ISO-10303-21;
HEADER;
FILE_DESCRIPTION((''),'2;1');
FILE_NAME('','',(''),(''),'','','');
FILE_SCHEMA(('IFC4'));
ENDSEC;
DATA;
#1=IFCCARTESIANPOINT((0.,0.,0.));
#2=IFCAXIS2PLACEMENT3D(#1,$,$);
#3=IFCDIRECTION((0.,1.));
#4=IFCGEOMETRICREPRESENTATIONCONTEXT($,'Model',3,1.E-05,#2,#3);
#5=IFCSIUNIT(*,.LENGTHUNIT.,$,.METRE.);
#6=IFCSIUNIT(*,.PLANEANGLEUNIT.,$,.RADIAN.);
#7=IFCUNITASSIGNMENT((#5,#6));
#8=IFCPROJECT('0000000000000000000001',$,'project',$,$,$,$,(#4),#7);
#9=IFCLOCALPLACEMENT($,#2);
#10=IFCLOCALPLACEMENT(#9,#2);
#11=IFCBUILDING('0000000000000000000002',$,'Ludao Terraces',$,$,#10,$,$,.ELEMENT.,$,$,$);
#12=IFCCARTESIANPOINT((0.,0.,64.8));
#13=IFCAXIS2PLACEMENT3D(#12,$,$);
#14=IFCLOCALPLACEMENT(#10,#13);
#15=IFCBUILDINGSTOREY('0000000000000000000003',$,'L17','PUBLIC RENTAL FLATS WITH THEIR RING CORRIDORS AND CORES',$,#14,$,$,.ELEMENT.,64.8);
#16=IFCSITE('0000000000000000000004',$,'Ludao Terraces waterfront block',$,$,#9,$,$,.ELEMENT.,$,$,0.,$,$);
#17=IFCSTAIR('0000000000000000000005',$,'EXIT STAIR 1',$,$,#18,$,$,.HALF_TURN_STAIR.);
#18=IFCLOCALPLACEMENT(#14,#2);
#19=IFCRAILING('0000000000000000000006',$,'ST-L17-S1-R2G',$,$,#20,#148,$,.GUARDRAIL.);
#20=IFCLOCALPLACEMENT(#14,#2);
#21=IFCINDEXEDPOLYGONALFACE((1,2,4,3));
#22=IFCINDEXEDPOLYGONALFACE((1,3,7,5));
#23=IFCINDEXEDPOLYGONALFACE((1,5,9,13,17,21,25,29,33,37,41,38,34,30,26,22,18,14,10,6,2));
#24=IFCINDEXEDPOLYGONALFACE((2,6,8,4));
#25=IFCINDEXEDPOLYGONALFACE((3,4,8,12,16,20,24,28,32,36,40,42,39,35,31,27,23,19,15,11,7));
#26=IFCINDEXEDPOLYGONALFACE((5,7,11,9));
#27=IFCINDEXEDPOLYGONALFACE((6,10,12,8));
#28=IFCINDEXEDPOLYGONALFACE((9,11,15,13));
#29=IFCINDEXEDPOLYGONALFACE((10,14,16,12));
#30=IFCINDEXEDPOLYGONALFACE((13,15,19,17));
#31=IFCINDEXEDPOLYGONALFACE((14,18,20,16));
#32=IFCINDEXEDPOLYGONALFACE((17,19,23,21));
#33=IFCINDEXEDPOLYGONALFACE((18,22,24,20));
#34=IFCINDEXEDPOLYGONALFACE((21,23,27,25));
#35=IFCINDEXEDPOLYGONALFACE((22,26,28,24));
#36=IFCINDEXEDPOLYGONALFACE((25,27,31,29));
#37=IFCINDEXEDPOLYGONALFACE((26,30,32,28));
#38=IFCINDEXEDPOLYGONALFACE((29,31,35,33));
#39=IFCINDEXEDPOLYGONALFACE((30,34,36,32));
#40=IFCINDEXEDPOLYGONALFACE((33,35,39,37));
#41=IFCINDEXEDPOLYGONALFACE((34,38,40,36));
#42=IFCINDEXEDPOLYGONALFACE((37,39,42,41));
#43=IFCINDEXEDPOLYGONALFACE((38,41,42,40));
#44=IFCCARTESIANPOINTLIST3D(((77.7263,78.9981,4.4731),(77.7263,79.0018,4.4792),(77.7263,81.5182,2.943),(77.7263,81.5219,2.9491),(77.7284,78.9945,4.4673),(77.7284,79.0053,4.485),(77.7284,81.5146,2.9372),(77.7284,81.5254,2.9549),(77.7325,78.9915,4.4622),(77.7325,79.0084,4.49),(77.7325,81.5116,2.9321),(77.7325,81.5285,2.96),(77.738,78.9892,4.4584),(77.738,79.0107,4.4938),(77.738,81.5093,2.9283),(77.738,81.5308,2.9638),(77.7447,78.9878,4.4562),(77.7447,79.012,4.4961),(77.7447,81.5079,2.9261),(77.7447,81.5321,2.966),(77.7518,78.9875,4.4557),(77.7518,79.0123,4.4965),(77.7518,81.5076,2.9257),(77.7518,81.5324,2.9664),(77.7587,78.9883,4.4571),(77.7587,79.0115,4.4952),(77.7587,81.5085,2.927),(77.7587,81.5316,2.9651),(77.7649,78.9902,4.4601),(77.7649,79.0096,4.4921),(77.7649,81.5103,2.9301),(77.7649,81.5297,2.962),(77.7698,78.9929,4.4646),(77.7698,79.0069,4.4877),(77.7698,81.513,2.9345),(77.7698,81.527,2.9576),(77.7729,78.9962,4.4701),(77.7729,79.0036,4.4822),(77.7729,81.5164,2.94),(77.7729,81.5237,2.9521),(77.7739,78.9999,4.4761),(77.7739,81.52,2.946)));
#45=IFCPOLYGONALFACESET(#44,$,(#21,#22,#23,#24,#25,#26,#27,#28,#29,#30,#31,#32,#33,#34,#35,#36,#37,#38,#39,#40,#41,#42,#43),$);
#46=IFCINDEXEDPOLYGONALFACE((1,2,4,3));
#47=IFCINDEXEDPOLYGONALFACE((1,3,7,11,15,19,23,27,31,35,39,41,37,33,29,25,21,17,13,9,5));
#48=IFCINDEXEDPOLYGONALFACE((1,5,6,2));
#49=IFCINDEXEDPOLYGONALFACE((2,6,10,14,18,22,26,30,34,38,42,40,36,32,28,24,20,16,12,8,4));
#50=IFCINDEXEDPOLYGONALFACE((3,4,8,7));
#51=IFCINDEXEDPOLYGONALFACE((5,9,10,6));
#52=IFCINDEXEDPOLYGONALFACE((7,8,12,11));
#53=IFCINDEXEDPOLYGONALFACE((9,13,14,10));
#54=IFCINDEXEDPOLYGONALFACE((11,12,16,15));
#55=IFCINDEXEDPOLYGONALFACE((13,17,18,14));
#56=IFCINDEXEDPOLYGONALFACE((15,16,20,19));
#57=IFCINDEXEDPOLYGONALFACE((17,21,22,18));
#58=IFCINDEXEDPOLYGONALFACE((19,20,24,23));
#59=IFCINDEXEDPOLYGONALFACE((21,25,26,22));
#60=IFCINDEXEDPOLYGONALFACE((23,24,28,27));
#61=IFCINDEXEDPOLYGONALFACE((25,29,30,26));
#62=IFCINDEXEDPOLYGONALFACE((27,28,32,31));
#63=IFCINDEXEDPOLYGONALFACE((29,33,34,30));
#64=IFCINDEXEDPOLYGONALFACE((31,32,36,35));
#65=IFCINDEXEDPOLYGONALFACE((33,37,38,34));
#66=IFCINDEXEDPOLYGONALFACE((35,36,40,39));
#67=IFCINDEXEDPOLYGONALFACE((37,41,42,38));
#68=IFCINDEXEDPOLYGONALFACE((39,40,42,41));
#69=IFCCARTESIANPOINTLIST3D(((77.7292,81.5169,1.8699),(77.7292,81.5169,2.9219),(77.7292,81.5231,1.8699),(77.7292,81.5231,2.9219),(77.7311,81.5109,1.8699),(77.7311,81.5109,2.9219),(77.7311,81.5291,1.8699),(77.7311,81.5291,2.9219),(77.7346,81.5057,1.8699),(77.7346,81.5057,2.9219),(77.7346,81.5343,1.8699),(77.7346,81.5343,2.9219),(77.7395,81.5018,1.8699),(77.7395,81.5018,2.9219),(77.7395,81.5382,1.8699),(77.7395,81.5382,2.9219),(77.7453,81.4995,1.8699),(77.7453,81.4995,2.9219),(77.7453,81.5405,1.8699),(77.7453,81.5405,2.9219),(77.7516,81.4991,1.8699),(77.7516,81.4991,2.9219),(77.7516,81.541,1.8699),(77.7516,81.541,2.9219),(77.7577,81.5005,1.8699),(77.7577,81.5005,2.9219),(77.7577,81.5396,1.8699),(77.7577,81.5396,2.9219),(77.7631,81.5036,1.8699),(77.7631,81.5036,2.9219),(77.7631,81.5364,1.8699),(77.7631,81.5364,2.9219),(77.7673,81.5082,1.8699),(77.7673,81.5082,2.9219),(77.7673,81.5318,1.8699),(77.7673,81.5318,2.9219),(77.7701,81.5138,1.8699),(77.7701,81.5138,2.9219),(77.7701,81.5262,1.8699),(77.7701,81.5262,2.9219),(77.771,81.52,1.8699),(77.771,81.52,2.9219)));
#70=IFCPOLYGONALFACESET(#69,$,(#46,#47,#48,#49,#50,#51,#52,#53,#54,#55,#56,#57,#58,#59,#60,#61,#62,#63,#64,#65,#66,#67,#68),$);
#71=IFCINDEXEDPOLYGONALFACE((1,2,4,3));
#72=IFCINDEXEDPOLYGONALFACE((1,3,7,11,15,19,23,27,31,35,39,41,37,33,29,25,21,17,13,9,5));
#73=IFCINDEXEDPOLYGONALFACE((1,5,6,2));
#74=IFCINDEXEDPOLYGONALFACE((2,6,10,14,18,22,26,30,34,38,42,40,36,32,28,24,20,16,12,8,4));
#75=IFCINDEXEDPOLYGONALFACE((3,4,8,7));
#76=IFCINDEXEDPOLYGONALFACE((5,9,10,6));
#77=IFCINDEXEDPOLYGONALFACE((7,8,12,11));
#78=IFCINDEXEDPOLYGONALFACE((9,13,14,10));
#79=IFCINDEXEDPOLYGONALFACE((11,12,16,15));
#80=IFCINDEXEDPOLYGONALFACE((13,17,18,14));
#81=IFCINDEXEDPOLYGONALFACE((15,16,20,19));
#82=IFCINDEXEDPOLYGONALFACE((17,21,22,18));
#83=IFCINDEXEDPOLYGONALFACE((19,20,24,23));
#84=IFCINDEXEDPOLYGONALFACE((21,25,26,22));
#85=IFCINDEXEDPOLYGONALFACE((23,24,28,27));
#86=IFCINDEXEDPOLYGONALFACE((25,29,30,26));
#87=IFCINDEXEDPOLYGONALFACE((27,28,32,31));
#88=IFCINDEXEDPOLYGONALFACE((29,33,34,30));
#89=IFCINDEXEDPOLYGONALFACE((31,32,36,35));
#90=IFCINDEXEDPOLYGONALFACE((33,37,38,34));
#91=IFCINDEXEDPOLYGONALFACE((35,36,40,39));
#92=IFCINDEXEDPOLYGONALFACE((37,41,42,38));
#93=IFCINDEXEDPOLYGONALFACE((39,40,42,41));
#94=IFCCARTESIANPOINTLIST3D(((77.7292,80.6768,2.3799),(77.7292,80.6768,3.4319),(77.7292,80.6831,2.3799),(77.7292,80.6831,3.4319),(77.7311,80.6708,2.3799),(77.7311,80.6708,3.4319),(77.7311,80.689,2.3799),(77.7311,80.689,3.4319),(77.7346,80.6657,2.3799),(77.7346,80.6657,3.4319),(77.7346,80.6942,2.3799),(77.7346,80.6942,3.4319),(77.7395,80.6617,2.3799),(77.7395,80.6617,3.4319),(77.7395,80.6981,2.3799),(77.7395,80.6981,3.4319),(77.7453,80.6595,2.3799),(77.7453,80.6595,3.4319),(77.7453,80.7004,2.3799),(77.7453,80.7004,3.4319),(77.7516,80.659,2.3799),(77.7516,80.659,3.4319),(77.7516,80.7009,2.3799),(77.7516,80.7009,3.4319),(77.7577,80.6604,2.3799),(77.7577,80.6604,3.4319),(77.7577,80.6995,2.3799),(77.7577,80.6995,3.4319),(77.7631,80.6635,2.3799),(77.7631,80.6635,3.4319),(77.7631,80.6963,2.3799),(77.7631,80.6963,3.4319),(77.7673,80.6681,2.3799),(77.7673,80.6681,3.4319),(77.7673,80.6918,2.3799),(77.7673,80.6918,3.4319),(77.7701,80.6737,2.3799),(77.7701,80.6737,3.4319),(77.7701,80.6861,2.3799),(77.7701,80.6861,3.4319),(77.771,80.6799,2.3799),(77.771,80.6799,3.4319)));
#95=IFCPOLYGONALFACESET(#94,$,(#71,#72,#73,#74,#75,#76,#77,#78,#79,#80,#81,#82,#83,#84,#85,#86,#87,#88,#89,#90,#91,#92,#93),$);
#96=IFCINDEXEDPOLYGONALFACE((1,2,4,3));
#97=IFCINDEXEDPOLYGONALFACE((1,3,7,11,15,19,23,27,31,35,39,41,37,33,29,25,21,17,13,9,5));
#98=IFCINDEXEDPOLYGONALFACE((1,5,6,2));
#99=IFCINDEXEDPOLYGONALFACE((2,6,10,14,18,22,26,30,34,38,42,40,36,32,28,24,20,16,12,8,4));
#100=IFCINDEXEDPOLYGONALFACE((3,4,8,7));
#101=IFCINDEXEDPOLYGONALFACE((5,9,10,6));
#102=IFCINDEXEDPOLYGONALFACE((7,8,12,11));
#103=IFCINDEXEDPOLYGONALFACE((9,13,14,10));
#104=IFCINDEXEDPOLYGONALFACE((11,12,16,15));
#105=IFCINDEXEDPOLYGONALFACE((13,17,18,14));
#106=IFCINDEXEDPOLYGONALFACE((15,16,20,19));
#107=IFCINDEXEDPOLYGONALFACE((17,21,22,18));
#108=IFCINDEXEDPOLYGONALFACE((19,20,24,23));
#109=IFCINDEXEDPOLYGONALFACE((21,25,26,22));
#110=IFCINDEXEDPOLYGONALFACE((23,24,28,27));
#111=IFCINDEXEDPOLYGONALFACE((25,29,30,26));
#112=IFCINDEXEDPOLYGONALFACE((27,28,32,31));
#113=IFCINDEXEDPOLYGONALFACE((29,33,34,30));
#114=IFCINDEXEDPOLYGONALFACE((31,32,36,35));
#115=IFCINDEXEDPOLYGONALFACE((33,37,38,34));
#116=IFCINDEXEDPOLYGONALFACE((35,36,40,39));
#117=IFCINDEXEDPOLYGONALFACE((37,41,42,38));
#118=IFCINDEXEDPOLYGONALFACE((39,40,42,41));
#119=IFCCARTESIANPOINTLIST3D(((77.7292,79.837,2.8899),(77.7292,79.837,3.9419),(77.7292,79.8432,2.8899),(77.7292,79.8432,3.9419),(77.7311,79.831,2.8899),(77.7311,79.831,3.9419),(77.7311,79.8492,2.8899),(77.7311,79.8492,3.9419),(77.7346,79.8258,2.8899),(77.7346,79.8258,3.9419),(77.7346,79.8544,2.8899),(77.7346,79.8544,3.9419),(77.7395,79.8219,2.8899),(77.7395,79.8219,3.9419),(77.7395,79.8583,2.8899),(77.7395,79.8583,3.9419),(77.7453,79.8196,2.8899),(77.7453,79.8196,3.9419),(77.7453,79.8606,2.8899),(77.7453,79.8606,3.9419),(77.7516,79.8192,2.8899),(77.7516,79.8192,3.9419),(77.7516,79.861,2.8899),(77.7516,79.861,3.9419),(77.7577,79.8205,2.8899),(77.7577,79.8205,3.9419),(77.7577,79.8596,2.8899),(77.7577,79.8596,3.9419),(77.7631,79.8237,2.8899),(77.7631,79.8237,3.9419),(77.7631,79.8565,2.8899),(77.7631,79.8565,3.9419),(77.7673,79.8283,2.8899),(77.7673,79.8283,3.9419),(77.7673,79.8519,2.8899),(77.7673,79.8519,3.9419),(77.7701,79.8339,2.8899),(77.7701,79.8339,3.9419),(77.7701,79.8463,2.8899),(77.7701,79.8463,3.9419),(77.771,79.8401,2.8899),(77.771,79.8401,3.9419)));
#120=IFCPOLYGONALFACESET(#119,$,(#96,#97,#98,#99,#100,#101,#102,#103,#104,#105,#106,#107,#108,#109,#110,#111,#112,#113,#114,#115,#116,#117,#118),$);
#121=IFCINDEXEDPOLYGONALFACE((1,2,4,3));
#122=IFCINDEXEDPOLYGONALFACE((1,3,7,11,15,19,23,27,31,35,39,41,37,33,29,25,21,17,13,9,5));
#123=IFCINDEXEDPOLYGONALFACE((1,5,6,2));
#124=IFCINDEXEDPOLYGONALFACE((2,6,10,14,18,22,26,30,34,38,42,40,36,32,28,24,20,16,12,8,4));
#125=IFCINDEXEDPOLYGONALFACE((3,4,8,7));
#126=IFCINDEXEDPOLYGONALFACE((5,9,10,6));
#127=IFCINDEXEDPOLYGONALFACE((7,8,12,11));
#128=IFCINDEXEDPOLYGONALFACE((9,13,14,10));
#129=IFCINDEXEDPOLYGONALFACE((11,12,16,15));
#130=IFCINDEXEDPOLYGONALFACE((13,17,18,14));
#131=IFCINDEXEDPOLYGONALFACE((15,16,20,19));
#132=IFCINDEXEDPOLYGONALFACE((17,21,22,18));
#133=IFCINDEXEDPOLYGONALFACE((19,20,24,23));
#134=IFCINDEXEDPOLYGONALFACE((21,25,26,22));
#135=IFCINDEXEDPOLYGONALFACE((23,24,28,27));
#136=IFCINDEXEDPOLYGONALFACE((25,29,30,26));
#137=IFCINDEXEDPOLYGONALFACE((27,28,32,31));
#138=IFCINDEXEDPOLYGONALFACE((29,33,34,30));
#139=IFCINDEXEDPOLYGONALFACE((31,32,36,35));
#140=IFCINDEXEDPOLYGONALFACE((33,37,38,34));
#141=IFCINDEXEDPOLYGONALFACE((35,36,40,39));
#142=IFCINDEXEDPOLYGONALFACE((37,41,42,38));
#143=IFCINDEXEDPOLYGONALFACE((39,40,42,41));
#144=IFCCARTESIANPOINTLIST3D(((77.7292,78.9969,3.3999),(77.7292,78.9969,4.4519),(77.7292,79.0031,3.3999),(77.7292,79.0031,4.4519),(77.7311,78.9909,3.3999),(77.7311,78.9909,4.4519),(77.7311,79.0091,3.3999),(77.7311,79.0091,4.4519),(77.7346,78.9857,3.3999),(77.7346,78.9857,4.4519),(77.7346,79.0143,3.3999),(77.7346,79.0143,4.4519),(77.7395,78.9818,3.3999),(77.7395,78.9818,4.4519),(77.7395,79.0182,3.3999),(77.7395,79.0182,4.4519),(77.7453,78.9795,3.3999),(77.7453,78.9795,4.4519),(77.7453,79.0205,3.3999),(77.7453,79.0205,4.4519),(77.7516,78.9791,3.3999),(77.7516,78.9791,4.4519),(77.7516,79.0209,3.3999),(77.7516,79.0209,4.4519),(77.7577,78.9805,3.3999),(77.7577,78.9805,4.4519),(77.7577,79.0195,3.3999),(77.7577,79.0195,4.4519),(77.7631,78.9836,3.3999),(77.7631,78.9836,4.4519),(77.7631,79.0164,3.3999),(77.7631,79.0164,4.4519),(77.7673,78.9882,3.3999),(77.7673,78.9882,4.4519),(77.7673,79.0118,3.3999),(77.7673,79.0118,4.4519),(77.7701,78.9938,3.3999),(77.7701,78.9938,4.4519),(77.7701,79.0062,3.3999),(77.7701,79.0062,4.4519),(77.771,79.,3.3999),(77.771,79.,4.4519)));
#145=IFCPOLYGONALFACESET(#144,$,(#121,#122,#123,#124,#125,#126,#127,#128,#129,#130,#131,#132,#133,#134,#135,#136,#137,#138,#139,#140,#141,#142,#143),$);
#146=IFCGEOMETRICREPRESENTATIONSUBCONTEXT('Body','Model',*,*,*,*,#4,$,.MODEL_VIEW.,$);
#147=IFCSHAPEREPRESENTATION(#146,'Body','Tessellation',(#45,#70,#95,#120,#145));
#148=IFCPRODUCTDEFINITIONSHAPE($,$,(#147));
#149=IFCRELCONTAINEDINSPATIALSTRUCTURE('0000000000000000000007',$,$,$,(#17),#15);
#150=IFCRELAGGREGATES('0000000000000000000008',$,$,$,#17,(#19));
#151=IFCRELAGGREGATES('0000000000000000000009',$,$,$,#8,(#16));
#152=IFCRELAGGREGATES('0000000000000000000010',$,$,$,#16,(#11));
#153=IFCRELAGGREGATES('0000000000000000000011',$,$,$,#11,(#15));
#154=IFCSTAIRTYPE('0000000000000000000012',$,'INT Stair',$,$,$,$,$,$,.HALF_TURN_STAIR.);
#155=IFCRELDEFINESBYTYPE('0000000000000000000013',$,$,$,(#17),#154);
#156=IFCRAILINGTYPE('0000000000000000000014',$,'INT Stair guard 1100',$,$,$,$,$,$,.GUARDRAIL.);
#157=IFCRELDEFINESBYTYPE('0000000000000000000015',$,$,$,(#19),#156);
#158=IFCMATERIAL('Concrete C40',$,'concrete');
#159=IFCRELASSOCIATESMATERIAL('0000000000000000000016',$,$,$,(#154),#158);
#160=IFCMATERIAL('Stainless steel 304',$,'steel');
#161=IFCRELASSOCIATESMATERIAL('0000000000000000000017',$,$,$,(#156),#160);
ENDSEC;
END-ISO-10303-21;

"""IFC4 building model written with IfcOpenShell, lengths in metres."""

from ifc_helpers import new_model, si_unit, direction, frame, origin, origin_2d, place, context, subcontext, project, spatial, circle, extrude, material, type_object, element, aggregate, save


model = new_model("IFC4")

# Units and contexts
model_context = context("Model", 3, precision=1e-05, world=origin(), true_north=direction((0.0, 1.0)))
body_context = subcontext(model_context, "Body", "Model", "MODEL_VIEW")
ifc_project = project(units=[si_unit("LENGTHUNIT", "METRE"), si_unit("PLANEANGLEUNIT", "RADIAN")], contexts=[model_context])

# Site, building, storey
site_placement = place(None, origin())
site = spatial("IfcSite", under=ifc_project, at=site_placement, Name="Ludao Terraces waterfront block", CompositionType="ELEMENT", RefElevation=0.0)
building_placement = place(site_placement, origin())
building = spatial("IfcBuilding", under=site, at=building_placement, Name="Ludao Terraces", CompositionType="ELEMENT")
storey_placement = place(building_placement, frame((0.0, 0.0, 64.8)))
storey = spatial("IfcBuildingStorey", under=building, at=storey_placement, Name="L17", Description="PUBLIC RENTAL FLATS WITH THEIR RING CORRIDORS AND CORES", CompositionType="ELEMENT", Elevation=64.8)

# Stair, railing
ifc_material_1 = material(Name="Concrete C40", Category="concrete")
stair_type = type_object("IfcStairType", Name="INT Stair", PredefinedType="HALF_TURN_STAIR", material=ifc_material_1)
stair_placement = place(storey_placement, origin())
stair = element("IfcStair", 1, at=stair_placement, inside=storey, type_object=stair_type, Name="EXIT STAIR 1", PredefinedType="HALF_TURN_STAIR")
ifc_material_2 = material(Name="Stainless steel 304", Category="steel")
railing_type_1 = type_object("IfcRailingType", Name="INT Stair guard 1100", PredefinedType="GUARDRAIL", material=ifc_material_2)
railing_1_placement = place(storey_placement, frame((77.75, 81.52, 1.8699)))
railing_1 = element("IfcRailing", 2, at=railing_1_placement, type_object=railing_type_1, Name="ST-L17-S1-R2G", PredefinedType="GUARDRAIL", context=body_context, shape_type="SweptSolid", body=[
    extrude(circle(Radius=0.0239, at=origin_2d()), frame((0.0, 0.0, 1.0762), z_axis=(0.0, -0.854785, 0.518982), x_axis=(1.0, 0.0, 0.0)), (0.0, 0.0, 1.0), 2.9482),
    extrude(circle(Radius=0.021, at=origin_2d()), origin(), (0.0, 0.0, 1.0), 1.052),
    extrude(circle(Radius=0.021, at=origin_2d()), frame((0.0, -0.8401, 0.51)), (0.0, 0.0, 1.0), 1.052),
    extrude(circle(Radius=0.021, at=origin_2d()), frame((0.0, -1.6799, 1.02)), (0.0, 0.0, 1.0), 1.052),
    extrude(circle(Radius=0.021, at=origin_2d()), frame((0.0, -2.52, 1.53)), (0.0, 0.0, 1.0), 1.052),
])
aggregate(stair, [railing_1])

save(model, "model.ifc")
